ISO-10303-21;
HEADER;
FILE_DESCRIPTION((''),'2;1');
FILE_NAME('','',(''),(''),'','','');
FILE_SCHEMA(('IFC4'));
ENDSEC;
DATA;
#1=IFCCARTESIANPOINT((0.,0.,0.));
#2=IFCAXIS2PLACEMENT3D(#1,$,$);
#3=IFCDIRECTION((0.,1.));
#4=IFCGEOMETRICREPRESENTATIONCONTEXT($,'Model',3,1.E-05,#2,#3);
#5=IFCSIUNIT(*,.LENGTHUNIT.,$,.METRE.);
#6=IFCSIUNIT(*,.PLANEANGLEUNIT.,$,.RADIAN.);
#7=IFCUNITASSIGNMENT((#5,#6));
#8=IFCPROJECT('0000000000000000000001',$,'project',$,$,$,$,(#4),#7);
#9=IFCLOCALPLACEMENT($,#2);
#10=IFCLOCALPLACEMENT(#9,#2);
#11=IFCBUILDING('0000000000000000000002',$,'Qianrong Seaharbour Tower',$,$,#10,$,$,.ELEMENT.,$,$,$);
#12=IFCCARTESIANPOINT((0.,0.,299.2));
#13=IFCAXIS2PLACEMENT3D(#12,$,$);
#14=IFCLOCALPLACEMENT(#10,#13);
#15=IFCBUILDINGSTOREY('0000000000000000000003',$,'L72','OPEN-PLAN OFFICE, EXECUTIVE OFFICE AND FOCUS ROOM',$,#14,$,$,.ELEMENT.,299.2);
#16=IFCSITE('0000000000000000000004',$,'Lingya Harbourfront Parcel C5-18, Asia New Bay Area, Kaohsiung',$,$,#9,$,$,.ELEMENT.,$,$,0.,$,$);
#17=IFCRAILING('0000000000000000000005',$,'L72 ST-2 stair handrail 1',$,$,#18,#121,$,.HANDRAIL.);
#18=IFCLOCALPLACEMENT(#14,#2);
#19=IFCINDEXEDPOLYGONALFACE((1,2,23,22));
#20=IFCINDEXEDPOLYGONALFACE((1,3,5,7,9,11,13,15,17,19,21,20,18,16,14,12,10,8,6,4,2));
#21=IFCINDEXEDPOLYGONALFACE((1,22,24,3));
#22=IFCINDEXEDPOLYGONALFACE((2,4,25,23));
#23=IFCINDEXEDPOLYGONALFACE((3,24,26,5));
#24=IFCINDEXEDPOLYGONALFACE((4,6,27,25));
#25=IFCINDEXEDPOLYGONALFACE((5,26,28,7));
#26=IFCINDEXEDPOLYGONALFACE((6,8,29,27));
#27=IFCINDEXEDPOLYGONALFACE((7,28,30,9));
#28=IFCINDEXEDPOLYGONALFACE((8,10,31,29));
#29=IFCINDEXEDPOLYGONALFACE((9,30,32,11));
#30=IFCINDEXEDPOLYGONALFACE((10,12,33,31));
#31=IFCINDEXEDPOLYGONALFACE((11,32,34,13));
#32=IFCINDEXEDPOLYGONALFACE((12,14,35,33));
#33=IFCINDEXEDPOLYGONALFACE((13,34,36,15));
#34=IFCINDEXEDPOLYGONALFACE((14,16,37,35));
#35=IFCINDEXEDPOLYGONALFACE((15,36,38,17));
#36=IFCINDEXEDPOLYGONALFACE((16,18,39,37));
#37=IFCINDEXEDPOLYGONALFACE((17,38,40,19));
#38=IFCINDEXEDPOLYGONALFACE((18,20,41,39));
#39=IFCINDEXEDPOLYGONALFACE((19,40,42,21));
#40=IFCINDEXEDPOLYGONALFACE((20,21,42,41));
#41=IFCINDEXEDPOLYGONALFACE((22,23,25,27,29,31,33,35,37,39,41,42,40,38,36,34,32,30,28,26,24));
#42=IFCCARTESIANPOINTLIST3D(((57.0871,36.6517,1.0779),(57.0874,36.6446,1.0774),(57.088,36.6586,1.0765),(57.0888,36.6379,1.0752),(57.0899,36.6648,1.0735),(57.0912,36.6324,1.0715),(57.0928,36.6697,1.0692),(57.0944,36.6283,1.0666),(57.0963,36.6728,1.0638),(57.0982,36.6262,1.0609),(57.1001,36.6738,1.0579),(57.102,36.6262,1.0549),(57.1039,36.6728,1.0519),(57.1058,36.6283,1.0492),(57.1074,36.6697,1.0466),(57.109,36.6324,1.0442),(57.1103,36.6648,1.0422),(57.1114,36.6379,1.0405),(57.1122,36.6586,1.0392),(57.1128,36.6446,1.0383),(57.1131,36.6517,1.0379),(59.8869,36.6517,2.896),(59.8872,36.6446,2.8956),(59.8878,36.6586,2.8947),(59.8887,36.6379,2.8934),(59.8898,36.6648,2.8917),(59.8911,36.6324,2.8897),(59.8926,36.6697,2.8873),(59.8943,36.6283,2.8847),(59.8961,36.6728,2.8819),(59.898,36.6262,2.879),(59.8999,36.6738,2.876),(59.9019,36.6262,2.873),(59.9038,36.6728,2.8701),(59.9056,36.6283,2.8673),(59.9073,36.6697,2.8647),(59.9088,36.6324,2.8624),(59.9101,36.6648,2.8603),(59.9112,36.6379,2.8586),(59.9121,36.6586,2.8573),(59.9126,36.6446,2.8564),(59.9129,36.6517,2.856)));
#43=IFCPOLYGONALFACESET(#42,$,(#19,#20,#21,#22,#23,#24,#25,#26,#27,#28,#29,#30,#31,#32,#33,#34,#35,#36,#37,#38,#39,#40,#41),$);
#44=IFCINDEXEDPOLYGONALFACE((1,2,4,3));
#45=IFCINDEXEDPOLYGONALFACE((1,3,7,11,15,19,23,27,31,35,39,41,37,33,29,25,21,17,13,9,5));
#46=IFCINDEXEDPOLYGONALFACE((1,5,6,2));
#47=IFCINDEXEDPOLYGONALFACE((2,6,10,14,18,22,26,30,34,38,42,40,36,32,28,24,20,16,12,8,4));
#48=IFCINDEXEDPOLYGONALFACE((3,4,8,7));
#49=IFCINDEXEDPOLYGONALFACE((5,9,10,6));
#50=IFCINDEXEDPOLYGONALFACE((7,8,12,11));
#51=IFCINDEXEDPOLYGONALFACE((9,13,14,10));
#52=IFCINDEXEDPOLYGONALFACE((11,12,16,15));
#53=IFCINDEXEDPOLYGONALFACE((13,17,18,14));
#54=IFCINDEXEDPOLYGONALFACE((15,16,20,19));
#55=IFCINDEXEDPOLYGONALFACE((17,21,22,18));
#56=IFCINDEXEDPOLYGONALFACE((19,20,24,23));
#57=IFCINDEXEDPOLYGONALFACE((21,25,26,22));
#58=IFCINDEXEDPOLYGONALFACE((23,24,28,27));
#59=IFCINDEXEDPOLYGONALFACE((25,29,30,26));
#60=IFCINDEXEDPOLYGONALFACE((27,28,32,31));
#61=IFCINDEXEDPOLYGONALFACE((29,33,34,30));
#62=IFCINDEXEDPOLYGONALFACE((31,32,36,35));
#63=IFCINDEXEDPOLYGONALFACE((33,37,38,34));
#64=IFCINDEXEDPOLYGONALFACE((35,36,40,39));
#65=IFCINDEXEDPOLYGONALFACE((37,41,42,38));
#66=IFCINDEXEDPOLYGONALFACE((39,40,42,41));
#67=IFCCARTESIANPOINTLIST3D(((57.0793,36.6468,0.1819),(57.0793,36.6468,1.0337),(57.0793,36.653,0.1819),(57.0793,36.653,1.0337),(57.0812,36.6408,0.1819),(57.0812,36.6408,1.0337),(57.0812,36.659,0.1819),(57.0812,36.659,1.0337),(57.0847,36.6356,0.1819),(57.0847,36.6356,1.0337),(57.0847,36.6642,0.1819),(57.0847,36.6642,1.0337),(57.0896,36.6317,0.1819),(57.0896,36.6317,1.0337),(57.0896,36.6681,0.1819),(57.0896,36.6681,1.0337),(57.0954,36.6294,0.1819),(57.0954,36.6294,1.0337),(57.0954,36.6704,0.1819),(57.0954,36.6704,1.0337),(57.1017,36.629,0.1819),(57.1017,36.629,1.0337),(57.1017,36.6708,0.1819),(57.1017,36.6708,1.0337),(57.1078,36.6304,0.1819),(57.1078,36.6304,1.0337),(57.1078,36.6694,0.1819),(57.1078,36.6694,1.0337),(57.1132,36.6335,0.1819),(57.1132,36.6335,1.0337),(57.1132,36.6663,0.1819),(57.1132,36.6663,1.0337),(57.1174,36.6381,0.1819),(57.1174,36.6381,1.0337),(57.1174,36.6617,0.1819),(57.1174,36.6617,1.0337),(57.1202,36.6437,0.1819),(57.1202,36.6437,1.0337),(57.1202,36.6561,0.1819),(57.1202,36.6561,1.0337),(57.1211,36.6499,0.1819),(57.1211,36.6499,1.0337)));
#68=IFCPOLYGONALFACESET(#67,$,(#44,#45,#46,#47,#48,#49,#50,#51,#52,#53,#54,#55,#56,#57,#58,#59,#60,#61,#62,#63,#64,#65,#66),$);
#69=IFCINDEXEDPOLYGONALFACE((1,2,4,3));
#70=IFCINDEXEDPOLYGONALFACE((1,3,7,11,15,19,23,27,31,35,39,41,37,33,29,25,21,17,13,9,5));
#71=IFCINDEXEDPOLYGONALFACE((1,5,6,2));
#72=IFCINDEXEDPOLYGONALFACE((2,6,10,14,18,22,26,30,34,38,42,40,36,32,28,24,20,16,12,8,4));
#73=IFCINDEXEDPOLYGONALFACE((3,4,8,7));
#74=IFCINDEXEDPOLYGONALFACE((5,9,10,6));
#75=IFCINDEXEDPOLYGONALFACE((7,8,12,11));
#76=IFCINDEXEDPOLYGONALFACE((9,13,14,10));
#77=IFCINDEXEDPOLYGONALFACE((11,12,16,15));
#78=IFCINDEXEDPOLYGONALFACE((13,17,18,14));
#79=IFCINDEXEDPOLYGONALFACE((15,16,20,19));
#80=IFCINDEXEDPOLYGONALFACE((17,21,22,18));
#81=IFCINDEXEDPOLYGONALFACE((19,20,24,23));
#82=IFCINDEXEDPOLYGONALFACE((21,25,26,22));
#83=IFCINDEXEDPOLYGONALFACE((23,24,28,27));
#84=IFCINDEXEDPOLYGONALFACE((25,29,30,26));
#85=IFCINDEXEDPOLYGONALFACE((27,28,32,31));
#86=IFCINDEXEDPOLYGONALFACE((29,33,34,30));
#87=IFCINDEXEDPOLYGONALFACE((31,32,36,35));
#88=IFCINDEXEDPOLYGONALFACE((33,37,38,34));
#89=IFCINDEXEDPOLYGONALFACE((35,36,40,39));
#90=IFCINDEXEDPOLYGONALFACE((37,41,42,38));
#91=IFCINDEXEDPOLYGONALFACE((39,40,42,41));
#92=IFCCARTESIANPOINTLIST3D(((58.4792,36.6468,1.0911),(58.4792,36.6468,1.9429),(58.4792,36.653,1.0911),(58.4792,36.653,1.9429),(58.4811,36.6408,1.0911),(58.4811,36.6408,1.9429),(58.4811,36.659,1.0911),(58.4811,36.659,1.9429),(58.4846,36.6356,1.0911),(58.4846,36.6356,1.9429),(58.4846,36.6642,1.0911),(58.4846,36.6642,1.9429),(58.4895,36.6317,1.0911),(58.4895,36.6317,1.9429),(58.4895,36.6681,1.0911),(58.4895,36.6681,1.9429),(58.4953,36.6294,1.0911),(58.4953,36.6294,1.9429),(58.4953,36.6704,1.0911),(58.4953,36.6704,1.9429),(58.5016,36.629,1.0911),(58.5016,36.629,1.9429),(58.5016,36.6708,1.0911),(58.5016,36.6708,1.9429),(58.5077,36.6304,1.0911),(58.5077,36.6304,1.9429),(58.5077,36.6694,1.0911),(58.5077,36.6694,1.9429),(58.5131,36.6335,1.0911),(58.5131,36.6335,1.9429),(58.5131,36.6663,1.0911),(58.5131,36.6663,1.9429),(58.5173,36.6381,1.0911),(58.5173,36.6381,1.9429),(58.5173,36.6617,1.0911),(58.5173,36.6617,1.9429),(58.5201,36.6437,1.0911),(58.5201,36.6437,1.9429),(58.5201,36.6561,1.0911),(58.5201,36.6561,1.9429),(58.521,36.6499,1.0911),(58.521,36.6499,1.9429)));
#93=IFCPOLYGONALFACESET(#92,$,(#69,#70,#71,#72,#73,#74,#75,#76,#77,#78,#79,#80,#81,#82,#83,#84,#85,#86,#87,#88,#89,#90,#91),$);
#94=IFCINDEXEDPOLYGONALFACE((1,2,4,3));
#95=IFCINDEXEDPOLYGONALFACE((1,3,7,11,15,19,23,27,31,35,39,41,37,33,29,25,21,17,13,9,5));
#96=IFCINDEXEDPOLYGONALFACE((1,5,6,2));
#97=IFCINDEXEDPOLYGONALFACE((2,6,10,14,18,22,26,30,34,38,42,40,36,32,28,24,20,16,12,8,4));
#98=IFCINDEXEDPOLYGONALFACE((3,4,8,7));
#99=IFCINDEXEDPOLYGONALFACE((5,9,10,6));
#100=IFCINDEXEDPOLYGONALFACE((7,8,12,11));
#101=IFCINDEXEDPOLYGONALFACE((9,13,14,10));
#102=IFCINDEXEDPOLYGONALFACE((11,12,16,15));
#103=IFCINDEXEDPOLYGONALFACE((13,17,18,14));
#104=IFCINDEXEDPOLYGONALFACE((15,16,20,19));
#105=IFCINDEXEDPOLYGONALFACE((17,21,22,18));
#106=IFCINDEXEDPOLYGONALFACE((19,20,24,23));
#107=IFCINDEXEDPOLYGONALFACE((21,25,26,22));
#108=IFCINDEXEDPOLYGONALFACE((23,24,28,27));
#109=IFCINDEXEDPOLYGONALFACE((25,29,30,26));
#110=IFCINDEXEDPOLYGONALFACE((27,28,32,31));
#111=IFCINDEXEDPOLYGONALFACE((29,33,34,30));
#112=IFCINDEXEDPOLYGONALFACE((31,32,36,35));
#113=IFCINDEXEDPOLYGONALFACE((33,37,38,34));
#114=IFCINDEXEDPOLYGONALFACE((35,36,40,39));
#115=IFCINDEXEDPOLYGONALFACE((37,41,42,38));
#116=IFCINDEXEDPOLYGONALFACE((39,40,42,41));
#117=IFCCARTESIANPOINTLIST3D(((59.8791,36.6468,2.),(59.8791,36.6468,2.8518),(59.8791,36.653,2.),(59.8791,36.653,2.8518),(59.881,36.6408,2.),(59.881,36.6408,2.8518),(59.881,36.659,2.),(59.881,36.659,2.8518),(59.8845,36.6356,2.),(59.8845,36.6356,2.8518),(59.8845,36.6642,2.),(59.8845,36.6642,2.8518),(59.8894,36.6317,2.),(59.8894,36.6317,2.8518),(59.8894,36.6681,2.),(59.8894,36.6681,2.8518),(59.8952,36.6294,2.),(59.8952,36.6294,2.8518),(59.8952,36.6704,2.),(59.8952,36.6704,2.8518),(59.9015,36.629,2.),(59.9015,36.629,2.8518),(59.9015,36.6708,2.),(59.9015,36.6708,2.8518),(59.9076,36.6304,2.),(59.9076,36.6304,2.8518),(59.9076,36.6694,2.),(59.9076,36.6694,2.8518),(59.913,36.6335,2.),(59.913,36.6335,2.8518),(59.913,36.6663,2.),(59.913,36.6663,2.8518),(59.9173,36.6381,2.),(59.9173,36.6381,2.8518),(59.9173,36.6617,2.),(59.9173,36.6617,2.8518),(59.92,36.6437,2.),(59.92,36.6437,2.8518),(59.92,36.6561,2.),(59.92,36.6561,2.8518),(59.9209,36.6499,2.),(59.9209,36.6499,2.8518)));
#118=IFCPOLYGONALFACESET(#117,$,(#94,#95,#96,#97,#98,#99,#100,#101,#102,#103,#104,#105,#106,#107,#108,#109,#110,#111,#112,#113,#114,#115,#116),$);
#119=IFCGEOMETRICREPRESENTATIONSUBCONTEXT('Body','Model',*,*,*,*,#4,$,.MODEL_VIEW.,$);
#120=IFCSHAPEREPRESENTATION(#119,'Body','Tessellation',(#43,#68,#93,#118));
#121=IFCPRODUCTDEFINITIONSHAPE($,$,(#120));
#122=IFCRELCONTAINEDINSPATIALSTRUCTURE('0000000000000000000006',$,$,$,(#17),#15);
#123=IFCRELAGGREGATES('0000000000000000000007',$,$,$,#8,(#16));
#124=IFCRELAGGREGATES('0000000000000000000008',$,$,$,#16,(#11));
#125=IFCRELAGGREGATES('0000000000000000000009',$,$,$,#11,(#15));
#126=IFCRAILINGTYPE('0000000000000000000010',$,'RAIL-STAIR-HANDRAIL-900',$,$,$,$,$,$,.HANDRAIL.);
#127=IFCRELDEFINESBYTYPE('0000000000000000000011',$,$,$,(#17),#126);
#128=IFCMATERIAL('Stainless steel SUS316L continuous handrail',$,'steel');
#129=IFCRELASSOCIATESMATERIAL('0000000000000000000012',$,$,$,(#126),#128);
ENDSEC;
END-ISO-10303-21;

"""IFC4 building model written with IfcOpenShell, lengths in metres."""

from ifc_helpers import new_model, si_unit, direction, frame, origin, origin_2d, place, context, subcontext, project, spatial, circle, extrude, material, type_object, element, save


model = new_model("IFC4")

# Units and contexts
model_context = context("Model", 3, precision=1e-05, world=origin(), true_north=direction((0.0, 1.0)))
body_context = subcontext(model_context, "Body", "Model", "MODEL_VIEW")
ifc_project = project(units=[si_unit("LENGTHUNIT", "METRE"), si_unit("PLANEANGLEUNIT", "RADIAN")], contexts=[model_context])

# Site, building, storey
site_placement = place(None, origin())
site = spatial("IfcSite", under=ifc_project, at=site_placement, Name="Lingya Harbourfront Parcel C5-18, Asia New Bay Area, Kaohsiung", CompositionType="ELEMENT", RefElevation=0.0)
building_placement = place(site_placement, origin())
building = spatial("IfcBuilding", under=site, at=building_placement, Name="Qianrong Seaharbour Tower", CompositionType="ELEMENT")
storey_placement = place(building_placement, frame((0.0, 0.0, 299.2)))
storey = spatial("IfcBuildingStorey", under=building, at=storey_placement, Name="L72", Description="OPEN-PLAN OFFICE, EXECUTIVE OFFICE AND FOCUS ROOM", CompositionType="ELEMENT", Elevation=299.2)

# Railing
ifc_material_1 = material(Name="Stainless steel SUS316L continuous handrail", Category="steel")
railing_type_1 = type_object("IfcRailingType", Name="RAIL-STAIR-HANDRAIL-900", PredefinedType="HANDRAIL", material=ifc_material_1)
railing_1_placement = place(storey_placement, frame((57.1001, 36.6499, 0.1819)))
element("IfcRailing", 1, at=railing_1_placement, inside=storey, type_object=railing_type_1, Name="L72 ST-2 stair handrail 1", PredefinedType="HANDRAIL", context=body_context, shape_type="SweptSolid", body=[
    extrude(circle(Radius=0.0239, at=origin_2d()), frame((0.0, 0.0, 0.876), z_axis=(0.838684, 0.0, 0.544618), x_axis=(0.0, 1.0, 0.0)), (0.0, 0.0, 1.0), 3.3384),
    extrude(circle(Radius=0.021, at=origin_2d()), origin(), (0.0, 0.0, 1.0), 0.8518),
    extrude(circle(Radius=0.021, at=origin_2d()), frame((1.3999, 0.0, 0.9092)), (0.0, 0.0, 1.0), 0.8518),
    extrude(circle(Radius=0.021, at=origin_2d()), frame((2.7998, 0.0, 1.8181)), (0.0, 0.0, 1.0), 0.8518),
])

save(model, "model.ifc")
